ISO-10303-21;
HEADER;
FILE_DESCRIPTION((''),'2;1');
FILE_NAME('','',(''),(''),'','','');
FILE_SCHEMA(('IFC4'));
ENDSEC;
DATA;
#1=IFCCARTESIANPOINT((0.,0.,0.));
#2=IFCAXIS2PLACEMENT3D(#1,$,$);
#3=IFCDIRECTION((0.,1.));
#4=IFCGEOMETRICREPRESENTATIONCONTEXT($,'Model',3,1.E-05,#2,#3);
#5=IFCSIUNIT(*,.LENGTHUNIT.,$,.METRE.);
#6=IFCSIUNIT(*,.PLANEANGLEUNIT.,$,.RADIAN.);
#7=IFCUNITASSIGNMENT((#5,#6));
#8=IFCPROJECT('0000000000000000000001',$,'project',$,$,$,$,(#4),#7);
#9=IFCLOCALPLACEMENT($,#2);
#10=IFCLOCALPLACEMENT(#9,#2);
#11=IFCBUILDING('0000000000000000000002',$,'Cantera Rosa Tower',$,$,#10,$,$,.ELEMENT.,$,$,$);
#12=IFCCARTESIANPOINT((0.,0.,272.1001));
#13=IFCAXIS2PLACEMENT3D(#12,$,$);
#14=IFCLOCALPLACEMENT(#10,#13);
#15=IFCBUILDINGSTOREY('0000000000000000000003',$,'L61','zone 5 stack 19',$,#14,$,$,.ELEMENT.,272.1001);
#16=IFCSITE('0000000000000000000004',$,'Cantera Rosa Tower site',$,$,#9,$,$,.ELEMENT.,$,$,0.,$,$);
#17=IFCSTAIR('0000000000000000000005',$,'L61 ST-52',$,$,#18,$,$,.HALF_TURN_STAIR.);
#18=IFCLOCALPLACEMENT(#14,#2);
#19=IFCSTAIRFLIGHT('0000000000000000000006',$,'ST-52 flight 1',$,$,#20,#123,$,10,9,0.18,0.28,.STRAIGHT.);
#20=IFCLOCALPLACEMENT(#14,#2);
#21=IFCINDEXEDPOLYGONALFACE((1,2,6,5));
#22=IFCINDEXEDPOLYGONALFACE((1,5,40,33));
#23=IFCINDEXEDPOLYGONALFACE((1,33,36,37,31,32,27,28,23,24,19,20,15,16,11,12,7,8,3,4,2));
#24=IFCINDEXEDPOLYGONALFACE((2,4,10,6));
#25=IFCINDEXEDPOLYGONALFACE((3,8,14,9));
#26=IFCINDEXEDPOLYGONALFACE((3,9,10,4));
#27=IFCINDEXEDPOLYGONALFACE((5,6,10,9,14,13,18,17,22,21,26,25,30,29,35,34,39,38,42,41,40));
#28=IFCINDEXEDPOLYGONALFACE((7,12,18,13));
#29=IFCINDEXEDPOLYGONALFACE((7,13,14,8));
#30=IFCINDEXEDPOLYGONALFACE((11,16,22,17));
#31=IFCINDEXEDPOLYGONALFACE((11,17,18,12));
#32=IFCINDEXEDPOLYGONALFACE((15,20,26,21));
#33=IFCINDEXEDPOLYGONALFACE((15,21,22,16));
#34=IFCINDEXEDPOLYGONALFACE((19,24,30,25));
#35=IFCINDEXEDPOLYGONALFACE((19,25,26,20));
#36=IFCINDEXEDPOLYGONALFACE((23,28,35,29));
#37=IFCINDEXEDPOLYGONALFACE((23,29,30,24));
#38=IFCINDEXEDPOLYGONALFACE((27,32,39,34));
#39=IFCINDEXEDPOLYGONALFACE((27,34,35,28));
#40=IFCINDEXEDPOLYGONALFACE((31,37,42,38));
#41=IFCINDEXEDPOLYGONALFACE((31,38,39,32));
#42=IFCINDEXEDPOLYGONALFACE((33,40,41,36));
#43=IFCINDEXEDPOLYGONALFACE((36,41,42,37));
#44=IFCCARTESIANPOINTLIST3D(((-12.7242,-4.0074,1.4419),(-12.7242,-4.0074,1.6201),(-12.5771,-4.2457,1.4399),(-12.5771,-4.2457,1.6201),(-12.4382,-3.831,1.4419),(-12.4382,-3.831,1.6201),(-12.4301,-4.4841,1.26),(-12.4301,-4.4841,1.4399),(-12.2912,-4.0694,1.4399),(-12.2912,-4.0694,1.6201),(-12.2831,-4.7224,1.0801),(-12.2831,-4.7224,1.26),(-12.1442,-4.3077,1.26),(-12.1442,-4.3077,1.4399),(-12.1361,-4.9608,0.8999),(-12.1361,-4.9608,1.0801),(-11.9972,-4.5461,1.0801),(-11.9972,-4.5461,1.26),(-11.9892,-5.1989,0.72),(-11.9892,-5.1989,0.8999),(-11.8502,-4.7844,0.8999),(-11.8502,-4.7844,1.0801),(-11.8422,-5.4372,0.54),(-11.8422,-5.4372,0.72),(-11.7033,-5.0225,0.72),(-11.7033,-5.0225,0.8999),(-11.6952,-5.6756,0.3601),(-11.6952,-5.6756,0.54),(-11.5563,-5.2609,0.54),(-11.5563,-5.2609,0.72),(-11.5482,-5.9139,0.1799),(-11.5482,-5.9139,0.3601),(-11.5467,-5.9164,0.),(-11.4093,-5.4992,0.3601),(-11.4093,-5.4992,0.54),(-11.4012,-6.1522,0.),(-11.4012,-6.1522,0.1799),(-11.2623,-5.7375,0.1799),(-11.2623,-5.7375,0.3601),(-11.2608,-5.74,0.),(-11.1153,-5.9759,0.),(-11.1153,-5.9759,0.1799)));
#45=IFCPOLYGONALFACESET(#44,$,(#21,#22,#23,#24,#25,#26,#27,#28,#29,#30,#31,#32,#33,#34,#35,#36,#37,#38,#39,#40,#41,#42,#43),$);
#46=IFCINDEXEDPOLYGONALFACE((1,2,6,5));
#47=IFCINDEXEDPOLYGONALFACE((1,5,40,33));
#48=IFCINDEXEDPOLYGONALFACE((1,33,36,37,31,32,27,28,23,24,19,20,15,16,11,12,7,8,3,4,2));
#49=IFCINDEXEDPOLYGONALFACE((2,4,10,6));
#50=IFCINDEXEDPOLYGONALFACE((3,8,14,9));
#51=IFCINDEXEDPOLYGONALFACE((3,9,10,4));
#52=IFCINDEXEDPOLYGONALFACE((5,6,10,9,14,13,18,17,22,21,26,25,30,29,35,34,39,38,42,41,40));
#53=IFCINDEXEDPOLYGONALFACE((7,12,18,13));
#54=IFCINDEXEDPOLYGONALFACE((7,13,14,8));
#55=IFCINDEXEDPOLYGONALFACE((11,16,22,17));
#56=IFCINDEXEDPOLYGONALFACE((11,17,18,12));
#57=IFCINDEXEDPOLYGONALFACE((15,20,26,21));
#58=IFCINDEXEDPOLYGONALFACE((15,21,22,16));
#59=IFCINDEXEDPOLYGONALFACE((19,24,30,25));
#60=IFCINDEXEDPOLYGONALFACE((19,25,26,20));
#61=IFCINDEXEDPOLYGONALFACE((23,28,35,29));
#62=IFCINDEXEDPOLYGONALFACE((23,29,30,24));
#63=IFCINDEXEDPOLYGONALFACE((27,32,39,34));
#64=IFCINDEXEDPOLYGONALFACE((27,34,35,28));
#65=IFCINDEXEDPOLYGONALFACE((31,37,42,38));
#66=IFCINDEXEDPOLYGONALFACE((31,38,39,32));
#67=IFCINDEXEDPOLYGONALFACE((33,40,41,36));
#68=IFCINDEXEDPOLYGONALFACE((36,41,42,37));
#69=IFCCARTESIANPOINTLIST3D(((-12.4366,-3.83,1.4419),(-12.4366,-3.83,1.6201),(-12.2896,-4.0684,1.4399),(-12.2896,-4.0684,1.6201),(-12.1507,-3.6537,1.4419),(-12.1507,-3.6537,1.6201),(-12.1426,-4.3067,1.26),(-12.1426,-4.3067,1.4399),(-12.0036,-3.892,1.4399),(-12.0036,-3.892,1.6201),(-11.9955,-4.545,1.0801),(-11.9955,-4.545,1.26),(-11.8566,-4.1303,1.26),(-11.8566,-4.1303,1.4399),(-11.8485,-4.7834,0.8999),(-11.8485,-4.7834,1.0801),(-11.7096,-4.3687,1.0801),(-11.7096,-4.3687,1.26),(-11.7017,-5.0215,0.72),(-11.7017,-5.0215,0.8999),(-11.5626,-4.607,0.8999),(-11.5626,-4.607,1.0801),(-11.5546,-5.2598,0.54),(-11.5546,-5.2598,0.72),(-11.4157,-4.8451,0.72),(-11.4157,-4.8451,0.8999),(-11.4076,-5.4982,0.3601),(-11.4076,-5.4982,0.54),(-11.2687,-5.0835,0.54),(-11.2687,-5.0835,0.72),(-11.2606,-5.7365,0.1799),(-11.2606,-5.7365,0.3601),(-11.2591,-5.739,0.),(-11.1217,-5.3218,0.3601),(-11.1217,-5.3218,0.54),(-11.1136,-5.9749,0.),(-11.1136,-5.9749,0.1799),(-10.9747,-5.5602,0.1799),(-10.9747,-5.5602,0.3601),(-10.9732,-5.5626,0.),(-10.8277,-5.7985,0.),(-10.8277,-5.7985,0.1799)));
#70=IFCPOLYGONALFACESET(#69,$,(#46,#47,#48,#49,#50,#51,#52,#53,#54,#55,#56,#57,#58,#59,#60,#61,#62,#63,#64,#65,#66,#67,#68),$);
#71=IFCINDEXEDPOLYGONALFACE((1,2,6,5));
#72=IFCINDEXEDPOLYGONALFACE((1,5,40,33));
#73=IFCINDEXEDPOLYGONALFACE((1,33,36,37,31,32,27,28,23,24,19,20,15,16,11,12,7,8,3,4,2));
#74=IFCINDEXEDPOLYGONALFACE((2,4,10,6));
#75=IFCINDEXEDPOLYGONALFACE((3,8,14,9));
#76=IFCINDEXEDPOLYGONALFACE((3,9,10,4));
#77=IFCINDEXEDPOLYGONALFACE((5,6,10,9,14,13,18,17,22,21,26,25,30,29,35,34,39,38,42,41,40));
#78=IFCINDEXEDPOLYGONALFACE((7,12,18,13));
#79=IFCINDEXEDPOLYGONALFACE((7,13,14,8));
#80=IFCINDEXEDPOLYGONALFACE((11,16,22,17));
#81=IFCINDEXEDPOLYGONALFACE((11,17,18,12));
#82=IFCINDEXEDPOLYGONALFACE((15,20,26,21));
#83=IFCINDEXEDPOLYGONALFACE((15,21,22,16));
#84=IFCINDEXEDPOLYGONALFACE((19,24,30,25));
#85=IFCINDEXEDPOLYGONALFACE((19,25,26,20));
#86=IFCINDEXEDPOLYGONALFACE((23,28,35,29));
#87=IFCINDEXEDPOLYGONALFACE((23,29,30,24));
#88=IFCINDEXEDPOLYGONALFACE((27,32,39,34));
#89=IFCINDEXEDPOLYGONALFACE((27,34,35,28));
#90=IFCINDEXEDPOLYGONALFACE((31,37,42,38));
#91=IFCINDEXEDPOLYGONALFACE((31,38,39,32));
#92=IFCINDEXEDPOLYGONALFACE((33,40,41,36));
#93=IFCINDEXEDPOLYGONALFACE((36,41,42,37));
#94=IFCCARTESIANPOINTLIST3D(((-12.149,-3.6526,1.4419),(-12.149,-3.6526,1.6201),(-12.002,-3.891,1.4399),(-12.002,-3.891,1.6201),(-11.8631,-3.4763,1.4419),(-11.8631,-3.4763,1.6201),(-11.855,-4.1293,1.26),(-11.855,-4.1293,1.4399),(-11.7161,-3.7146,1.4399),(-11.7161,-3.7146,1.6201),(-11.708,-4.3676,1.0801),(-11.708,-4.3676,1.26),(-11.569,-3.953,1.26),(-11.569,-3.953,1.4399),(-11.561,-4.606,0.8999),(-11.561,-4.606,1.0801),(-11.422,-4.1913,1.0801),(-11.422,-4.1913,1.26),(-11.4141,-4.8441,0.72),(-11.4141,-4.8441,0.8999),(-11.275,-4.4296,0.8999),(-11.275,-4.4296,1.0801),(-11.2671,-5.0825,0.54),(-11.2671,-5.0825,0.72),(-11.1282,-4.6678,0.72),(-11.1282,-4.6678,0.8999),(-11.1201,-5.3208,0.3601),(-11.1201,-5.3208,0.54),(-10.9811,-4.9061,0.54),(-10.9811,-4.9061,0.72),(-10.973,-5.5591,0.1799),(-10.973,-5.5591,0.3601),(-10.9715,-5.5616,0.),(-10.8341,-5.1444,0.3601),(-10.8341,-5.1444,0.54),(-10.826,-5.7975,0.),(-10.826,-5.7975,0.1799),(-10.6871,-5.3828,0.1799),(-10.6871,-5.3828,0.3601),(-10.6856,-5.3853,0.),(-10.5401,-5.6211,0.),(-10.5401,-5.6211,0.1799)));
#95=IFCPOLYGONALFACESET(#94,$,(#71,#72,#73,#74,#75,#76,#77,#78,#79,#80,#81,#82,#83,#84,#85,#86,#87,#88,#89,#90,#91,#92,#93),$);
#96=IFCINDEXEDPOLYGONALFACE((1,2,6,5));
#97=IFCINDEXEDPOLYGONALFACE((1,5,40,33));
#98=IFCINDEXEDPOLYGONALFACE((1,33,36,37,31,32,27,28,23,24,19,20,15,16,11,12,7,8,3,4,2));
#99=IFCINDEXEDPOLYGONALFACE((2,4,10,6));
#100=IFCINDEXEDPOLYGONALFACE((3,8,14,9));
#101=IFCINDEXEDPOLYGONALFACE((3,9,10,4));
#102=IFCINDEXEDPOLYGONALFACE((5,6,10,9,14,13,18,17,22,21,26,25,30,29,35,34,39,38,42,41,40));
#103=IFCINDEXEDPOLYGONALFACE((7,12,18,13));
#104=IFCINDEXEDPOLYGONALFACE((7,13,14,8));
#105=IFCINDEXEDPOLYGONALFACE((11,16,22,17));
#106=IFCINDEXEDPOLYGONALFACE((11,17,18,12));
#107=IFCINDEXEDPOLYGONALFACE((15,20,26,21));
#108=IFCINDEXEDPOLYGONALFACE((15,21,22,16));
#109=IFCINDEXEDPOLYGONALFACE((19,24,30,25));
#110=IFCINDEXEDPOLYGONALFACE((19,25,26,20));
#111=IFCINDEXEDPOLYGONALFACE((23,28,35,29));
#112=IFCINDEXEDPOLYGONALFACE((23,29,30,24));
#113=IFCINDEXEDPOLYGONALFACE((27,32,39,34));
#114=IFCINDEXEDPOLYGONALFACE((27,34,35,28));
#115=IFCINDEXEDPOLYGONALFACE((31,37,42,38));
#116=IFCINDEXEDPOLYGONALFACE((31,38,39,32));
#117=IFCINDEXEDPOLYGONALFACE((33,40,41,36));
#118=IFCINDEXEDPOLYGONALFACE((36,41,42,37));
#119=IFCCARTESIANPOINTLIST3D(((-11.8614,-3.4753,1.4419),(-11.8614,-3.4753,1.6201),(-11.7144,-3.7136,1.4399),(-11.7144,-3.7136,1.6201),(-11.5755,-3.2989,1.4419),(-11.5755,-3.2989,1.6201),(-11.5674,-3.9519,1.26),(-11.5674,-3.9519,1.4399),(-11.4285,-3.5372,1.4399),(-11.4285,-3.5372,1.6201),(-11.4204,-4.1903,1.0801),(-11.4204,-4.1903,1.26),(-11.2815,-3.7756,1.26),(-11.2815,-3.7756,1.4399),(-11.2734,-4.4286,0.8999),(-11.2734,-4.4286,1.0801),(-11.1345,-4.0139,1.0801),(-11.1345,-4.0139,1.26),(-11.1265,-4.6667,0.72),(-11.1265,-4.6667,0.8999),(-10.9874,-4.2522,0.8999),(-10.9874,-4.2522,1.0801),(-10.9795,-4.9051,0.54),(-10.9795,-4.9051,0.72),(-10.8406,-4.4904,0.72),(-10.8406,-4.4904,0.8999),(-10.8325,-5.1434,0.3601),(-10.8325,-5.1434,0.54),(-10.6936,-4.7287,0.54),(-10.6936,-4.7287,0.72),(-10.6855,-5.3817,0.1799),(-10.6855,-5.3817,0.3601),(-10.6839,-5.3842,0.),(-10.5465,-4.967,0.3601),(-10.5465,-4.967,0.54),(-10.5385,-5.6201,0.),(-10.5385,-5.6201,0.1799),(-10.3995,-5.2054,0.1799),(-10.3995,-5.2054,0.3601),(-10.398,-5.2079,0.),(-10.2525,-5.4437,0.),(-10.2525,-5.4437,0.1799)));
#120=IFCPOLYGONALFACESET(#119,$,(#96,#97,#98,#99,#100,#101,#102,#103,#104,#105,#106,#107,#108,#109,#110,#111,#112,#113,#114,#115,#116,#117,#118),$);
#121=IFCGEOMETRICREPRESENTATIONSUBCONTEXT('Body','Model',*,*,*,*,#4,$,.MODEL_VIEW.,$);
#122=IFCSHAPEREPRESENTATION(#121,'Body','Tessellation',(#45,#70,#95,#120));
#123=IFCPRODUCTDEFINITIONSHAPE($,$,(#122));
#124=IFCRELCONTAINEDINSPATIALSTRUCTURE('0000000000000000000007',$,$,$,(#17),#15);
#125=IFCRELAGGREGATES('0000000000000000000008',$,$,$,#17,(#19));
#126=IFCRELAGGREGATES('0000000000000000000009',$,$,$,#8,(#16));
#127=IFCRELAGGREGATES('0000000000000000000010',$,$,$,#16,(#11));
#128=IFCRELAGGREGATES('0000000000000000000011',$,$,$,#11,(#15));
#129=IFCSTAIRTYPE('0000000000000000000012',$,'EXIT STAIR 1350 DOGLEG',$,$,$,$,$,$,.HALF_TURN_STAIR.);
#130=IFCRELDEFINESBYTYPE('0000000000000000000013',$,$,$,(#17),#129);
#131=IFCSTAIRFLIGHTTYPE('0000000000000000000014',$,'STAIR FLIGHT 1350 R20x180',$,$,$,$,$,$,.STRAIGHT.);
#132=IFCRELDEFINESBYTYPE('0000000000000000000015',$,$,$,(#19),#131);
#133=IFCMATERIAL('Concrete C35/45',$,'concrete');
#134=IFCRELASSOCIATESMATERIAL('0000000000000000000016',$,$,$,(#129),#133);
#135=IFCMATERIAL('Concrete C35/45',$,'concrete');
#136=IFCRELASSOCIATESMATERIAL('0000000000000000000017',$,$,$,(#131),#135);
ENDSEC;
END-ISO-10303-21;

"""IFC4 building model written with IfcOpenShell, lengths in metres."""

from ifc_helpers import new_model, si_unit, direction, frame, origin, place, context, subcontext, project, spatial, polyline, outline, extrude, material, type_object, element, aggregate, save


model = new_model("IFC4")

# Units and contexts
model_context = context("Model", 3, precision=1e-05, world=origin(), true_north=direction((0.0, 1.0)))
body_context = subcontext(model_context, "Body", "Model", "MODEL_VIEW")
ifc_project = project(units=[si_unit("LENGTHUNIT", "METRE"), si_unit("PLANEANGLEUNIT", "RADIAN")], contexts=[model_context])

# Site, building, storey
site_placement = place(None, origin())
site = spatial("IfcSite", under=ifc_project, at=site_placement, Name="Cantera Rosa Tower site", CompositionType="ELEMENT", RefElevation=0.0)
building_placement = place(site_placement, origin())
building = spatial("IfcBuilding", under=site, at=building_placement, Name="Cantera Rosa Tower", CompositionType="ELEMENT")
storey_placement = place(building_placement, frame((0.0, 0.0, 272.1001)))
storey = spatial("IfcBuildingStorey", under=building, at=storey_placement, Name="L61", Description="zone 5 stack 19", CompositionType="ELEMENT", Elevation=272.1001)

# Stair, stair flight
ifc_material_1 = material(Name="Concrete C35/45", Category="concrete")
stair_type = type_object("IfcStairType", Name="EXIT STAIR 1350 DOGLEG", PredefinedType="HALF_TURN_STAIR", material=ifc_material_1)
stair_placement = place(storey_placement, origin())
stair = element("IfcStair", 1, at=stair_placement, inside=storey, type_object=stair_type, Name="L61 ST-52", PredefinedType="HALF_TURN_STAIR")
ifc_material_2 = material(Name="Concrete C35/45", Category="concrete")
stair_flight_type = type_object("IfcStairFlightType", Name="STAIR FLIGHT 1350 R20x180", PredefinedType="STRAIGHT", material=ifc_material_2)
stair_flight_1_placement = place(storey_placement, frame((-10.8267, -5.7979, 0.0), z_axis=(0.0, 0.0, 1.0), x_axis=(-0.524977, 0.851117, 0.0)))
stair_flight_1 = element("IfcStairFlight", 2, at=stair_flight_1_placement, type_object=stair_flight_type, Name="ST-52 flight 1", NumberOfRisers=10, NumberOfTreads=9, PredefinedType="STRAIGHT", RiserHeight=0.18, TreadLength=0.28, context=body_context, shape_type="SweptSolid", body=[
    extrude(outline(polyline([(0.0, 0.0), (0.0, 0.1799), (0.28, 0.1799), (0.28, 0.3601), (0.5601, 0.3601), (0.5601, 0.54), (0.8401, 0.54), (0.8401, 0.72), (1.1201, 0.72), (1.1201, 0.8999), (1.3999, 0.8999), (1.3999, 1.0801), (1.6799, 1.0801), (1.6799, 1.26), (1.96, 1.26), (1.96, 1.4399), (2.24, 1.4399), (2.24, 1.6201), (2.52, 1.6201), (2.52, 1.8), (2.52, 1.4419), (0.2771, 0.0), (0.0, 0.0)])), frame((0.0, 0.675, 0.0), z_axis=(0.0, -1.0, 0.0), x_axis=(1.0, 0.0, 0.0)), (0.0, 0.0, 1.0), 0.3359),
    extrude(outline(polyline([(0.0, 0.0), (0.0, 0.1799), (0.28, 0.1799), (0.28, 0.3601), (0.5601, 0.3601), (0.5601, 0.54), (0.8401, 0.54), (0.8401, 0.72), (1.1201, 0.72), (1.1201, 0.8999), (1.3999, 0.8999), (1.3999, 1.0801), (1.6799, 1.0801), (1.6799, 1.26), (1.96, 1.26), (1.96, 1.4399), (2.24, 1.4399), (2.24, 1.6201), (2.52, 1.6201), (2.52, 1.8), (2.52, 1.4419), (0.2771, 0.0), (0.0, 0.0)])), frame((0.0, 0.3372, 0.0), z_axis=(0.0, -1.0, 0.0), x_axis=(1.0, 0.0, 0.0)), (0.0, 0.0, 1.0), 0.3359),
    extrude(outline(polyline([(0.0, 0.0), (0.0, 0.1799), (0.28, 0.1799), (0.28, 0.3601), (0.5601, 0.3601), (0.5601, 0.54), (0.8401, 0.54), (0.8401, 0.72), (1.1201, 0.72), (1.1201, 0.8999), (1.3999, 0.8999), (1.3999, 1.0801), (1.6799, 1.0801), (1.6799, 1.26), (1.96, 1.26), (1.96, 1.4399), (2.24, 1.4399), (2.24, 1.6201), (2.52, 1.6201), (2.52, 1.8), (2.52, 1.4419), (0.2771, 0.0), (0.0, 0.0)])), frame((0.0, -0.0007, 0.0), z_axis=(0.0, -1.0, 0.0), x_axis=(1.0, 0.0, 0.0)), (0.0, 0.0, 1.0), 0.3359),
    extrude(outline(polyline([(0.0, 0.0), (0.0, 0.1799), (0.28, 0.1799), (0.28, 0.3601), (0.5601, 0.3601), (0.5601, 0.54), (0.8401, 0.54), (0.8401, 0.72), (1.1201, 0.72), (1.1201, 0.8999), (1.3999, 0.8999), (1.3999, 1.0801), (1.6799, 1.0801), (1.6799, 1.26), (1.96, 1.26), (1.96, 1.4399), (2.24, 1.4399), (2.24, 1.6201), (2.52, 1.6201), (2.52, 1.8), (2.52, 1.4419), (0.2771, 0.0), (0.0, 0.0)])), frame((0.0, -0.3386, 0.0), z_axis=(0.0, -1.0, 0.0), x_axis=(1.0, 0.0, 0.0)), (0.0, 0.0, 1.0), 0.3359),
])
aggregate(stair, [stair_flight_1])

save(model, "model.ifc")
